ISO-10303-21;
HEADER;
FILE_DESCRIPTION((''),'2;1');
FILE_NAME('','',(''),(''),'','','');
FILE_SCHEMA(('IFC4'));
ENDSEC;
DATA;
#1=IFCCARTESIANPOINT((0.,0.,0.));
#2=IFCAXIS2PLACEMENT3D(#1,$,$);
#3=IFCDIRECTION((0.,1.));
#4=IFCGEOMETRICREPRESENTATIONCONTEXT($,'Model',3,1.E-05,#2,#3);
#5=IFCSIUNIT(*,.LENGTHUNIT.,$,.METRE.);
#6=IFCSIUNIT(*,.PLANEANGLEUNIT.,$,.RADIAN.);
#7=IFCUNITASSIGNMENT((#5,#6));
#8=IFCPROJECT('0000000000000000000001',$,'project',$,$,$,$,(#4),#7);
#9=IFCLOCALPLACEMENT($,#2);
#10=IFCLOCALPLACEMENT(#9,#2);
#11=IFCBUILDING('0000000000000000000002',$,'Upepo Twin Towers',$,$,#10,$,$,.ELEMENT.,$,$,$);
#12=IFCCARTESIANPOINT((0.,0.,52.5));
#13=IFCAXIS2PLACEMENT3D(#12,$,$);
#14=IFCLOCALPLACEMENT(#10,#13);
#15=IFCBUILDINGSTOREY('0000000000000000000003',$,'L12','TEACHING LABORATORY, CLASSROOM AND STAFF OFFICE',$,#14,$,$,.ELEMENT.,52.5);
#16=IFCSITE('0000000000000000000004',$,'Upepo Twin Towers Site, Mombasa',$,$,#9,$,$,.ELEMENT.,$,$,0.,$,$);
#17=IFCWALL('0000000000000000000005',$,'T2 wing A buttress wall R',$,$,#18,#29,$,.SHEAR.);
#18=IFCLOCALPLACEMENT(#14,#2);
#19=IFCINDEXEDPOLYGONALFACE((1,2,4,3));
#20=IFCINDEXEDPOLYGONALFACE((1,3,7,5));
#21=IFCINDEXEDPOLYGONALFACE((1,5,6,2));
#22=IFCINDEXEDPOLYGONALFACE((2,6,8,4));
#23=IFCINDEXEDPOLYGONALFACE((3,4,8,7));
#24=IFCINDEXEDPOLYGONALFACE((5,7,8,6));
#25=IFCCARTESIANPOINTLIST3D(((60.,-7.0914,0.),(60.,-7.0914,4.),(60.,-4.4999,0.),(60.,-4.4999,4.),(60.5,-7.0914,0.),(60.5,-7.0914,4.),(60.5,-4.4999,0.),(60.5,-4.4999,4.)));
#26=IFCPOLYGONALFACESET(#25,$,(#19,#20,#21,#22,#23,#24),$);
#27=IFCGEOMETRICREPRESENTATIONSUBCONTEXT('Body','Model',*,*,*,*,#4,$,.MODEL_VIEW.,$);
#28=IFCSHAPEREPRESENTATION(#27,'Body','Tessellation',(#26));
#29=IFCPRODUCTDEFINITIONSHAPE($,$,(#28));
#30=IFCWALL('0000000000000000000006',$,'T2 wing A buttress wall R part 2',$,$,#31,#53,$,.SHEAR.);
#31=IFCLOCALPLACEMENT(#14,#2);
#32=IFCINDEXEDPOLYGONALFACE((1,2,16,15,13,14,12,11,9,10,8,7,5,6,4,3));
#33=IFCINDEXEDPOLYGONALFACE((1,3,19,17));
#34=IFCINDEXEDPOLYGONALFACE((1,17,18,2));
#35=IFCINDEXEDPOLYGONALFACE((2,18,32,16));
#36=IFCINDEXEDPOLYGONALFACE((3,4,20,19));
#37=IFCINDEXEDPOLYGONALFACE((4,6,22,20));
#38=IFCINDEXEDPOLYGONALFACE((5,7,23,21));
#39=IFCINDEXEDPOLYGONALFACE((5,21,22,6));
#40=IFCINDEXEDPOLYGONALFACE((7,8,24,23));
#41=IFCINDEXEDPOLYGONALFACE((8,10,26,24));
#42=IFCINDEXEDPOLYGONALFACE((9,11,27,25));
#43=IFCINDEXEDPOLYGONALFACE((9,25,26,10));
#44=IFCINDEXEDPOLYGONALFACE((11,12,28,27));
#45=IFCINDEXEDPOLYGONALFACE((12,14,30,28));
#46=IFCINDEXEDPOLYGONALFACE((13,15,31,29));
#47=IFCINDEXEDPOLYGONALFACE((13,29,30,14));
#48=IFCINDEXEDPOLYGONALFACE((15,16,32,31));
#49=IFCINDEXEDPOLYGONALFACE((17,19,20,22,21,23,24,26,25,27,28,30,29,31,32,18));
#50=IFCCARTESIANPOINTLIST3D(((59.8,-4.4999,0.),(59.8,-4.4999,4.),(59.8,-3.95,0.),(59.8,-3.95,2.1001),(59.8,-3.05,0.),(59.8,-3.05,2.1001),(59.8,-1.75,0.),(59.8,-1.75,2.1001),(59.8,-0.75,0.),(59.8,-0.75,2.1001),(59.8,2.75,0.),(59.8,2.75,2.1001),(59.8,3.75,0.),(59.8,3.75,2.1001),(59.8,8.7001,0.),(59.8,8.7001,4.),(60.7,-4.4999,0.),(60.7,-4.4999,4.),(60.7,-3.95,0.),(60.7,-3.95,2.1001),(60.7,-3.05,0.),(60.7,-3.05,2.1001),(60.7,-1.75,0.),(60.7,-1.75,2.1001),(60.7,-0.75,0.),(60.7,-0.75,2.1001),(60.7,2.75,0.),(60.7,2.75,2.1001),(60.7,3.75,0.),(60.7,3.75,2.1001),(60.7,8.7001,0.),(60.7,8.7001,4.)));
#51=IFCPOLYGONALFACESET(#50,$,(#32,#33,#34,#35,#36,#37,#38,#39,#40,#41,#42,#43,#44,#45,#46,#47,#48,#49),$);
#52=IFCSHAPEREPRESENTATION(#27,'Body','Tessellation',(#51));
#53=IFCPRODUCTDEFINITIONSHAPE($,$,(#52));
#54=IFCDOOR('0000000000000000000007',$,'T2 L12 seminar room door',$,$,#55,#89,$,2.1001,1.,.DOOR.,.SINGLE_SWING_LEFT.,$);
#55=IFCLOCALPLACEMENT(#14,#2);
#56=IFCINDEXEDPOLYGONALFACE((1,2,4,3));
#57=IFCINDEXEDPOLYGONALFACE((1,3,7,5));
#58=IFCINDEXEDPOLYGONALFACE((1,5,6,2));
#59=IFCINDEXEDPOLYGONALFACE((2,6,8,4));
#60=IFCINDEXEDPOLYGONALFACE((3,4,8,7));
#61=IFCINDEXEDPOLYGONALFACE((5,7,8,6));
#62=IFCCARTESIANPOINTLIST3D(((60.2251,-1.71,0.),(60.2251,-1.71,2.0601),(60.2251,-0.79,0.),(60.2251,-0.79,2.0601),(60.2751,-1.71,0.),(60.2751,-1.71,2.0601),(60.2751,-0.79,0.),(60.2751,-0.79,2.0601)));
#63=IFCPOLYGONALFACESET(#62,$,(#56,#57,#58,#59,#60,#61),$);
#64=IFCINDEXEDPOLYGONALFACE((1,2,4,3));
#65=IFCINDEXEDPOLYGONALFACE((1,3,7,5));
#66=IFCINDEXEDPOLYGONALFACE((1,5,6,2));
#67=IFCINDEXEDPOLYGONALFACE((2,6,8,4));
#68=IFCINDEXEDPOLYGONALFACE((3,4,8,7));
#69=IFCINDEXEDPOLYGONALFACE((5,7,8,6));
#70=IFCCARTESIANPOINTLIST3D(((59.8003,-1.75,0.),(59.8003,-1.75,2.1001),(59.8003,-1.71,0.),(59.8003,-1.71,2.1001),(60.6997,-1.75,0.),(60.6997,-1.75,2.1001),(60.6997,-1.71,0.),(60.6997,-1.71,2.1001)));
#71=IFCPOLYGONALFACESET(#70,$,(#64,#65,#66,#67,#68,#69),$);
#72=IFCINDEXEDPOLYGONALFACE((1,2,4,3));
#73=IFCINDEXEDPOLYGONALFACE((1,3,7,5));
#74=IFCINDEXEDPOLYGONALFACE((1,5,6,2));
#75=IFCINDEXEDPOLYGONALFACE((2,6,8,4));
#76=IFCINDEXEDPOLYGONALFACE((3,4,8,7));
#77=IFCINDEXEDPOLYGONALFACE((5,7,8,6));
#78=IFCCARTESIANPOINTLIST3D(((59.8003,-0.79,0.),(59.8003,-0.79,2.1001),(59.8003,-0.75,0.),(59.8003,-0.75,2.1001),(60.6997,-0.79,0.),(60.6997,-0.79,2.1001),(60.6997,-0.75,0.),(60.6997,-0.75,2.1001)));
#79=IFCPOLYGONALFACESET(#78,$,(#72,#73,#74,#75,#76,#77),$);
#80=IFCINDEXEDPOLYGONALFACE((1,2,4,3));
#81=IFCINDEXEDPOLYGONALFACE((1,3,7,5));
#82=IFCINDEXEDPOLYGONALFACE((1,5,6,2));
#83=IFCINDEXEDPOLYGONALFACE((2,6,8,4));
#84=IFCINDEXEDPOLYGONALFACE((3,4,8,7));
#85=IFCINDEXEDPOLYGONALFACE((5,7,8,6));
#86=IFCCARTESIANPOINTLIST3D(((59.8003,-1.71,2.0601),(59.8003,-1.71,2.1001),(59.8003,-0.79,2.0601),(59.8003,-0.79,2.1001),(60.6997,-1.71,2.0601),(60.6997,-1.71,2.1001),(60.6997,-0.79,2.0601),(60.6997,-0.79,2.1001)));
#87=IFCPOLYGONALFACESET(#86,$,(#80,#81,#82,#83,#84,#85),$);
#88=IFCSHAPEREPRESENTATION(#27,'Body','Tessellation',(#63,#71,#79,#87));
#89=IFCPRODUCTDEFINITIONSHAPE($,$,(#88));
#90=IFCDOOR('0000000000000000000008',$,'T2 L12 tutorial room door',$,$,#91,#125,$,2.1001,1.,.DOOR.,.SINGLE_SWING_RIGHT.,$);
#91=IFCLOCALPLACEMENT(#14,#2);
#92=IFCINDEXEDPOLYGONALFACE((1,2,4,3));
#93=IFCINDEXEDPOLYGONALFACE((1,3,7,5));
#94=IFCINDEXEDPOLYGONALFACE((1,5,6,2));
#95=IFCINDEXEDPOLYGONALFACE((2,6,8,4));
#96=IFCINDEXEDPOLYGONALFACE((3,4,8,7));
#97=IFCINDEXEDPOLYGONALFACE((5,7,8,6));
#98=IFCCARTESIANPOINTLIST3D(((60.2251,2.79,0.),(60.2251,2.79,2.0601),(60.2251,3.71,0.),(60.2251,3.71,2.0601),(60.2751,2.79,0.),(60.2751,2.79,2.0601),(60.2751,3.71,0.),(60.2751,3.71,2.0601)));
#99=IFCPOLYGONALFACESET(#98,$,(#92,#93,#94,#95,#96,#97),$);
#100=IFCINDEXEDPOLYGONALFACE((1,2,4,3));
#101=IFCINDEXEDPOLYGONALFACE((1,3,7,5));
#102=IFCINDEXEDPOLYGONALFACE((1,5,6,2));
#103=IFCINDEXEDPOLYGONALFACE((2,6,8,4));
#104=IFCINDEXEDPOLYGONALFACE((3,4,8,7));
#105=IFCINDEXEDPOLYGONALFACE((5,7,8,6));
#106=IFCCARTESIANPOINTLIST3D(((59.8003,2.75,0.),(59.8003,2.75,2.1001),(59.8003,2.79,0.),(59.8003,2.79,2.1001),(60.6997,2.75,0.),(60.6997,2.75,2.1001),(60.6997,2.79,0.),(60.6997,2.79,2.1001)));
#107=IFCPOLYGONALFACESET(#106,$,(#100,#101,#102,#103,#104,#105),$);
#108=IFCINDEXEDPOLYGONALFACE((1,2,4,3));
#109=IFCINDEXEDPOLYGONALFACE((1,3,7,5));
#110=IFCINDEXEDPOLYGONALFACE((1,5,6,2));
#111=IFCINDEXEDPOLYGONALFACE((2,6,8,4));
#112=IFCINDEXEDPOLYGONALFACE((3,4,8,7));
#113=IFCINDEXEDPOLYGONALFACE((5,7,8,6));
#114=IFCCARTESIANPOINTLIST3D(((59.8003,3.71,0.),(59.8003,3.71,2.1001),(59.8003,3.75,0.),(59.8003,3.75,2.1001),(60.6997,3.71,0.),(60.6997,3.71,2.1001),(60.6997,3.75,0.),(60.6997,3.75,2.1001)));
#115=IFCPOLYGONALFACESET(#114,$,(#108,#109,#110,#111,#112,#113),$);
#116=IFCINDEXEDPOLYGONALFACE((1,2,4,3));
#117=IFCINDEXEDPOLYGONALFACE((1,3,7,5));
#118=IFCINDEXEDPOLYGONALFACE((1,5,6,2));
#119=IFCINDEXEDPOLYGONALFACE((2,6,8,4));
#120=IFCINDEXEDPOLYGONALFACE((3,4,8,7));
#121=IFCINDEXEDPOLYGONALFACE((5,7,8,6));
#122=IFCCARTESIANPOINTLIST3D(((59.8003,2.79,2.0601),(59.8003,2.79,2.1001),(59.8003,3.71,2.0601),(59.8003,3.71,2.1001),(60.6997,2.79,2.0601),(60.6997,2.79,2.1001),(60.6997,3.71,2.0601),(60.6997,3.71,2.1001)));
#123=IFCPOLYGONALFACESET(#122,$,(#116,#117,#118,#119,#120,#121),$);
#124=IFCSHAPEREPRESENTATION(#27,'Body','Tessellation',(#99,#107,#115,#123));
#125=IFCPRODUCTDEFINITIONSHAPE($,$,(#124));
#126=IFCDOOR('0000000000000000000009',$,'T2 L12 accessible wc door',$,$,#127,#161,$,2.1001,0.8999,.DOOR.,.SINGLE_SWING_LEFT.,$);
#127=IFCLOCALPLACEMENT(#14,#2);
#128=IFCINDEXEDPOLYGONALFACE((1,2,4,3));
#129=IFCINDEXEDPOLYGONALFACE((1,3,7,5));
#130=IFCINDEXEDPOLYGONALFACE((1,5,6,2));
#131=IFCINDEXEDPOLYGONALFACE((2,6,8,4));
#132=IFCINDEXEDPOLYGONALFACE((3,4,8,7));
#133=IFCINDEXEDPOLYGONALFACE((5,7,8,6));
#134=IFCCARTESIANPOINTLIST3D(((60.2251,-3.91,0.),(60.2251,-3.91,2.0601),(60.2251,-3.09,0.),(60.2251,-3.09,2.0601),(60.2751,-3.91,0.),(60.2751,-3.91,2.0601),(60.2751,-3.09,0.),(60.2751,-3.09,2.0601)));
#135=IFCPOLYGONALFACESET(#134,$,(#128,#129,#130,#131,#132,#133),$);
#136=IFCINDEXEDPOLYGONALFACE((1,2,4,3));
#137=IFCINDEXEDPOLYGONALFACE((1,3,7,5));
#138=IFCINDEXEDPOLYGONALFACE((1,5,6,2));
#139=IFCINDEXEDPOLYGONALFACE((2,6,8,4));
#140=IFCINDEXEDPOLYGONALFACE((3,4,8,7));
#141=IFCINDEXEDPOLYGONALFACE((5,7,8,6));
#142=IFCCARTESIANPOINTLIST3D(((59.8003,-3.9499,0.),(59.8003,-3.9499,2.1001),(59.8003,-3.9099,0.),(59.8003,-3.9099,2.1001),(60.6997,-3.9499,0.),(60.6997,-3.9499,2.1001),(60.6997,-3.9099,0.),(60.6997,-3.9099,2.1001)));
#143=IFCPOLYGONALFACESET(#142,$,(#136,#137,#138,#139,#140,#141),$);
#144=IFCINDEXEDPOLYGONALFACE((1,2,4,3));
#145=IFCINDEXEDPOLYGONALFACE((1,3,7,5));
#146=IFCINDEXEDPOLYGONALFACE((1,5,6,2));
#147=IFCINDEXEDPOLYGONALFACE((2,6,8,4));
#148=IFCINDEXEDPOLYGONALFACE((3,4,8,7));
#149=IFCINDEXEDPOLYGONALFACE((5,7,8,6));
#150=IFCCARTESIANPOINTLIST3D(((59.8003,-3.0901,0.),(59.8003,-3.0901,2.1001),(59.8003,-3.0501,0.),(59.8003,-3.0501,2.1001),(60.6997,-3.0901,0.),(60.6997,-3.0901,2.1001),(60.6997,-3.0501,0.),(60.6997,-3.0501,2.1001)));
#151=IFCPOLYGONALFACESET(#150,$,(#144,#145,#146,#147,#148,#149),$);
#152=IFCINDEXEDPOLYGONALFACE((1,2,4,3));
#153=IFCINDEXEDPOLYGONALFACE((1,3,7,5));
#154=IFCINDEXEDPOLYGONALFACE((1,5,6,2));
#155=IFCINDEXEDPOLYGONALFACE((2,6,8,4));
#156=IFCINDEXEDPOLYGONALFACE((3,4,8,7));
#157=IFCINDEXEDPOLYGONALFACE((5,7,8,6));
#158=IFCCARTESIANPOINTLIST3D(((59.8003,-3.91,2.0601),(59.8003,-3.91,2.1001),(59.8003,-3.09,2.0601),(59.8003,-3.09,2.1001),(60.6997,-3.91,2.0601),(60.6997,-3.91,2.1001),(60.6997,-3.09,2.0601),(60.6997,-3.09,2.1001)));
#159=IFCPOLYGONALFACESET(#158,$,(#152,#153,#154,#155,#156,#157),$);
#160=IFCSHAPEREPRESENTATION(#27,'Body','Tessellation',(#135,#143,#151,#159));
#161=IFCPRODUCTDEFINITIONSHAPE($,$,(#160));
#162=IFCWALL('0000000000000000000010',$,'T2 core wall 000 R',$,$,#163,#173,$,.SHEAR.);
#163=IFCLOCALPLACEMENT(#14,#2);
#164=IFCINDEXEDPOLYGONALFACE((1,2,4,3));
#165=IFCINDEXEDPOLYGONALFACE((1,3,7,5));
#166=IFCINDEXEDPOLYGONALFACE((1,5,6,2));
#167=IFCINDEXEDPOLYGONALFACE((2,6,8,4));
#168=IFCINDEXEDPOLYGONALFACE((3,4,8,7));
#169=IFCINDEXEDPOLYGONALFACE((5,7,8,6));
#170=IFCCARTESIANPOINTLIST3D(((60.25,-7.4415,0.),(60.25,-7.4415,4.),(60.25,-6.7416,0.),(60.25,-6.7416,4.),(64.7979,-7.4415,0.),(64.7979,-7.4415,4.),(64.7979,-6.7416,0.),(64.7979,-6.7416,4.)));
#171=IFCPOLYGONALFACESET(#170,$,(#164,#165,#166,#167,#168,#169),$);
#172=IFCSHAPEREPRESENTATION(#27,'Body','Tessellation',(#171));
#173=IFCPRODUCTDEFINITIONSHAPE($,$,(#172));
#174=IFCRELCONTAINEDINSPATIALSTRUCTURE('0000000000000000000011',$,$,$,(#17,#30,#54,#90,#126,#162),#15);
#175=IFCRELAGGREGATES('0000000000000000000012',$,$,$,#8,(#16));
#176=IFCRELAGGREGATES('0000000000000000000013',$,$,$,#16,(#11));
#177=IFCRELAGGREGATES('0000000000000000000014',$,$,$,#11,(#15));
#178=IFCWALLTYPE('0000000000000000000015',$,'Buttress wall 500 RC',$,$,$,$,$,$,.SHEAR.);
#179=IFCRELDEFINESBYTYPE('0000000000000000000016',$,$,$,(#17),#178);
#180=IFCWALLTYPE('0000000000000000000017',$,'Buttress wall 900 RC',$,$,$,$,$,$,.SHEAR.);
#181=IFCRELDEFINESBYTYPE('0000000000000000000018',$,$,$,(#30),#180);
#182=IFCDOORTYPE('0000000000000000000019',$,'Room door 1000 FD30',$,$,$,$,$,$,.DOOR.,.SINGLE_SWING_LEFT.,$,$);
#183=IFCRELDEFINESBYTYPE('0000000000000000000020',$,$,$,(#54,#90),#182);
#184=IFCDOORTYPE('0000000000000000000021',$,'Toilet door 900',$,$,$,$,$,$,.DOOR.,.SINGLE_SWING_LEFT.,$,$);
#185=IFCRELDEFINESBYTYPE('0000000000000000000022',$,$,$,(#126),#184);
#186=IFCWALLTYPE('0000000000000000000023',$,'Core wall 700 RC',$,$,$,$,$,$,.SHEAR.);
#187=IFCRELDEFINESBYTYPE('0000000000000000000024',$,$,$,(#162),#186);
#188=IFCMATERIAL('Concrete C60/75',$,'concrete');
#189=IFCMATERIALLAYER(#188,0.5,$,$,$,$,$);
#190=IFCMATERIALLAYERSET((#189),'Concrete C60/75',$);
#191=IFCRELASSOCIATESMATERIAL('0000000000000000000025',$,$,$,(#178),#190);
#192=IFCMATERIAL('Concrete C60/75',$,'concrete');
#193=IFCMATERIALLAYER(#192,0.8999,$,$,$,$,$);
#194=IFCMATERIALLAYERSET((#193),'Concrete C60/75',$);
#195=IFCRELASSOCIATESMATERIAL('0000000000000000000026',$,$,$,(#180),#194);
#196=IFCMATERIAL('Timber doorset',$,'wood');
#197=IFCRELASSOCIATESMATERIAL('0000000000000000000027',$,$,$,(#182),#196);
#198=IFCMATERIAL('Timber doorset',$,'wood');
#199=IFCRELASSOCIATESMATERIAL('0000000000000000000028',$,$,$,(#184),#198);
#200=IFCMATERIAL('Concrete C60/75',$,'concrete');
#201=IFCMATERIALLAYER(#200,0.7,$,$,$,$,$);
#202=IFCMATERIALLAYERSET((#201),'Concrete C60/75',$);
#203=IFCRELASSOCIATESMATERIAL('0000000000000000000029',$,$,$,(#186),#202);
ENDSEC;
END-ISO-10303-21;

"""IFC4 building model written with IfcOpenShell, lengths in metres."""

from ifc_helpers import new_model, si_unit, direction, frame, frame_2d, origin, place, context, subcontext, project, spatial, rectangle, extrude, material, layer, layer_set, type_object, element, fill, save


model = new_model("IFC4")

# Units and contexts
model_context = context("Model", 3, precision=1e-05, world=origin(), true_north=direction((0.0, 1.0)))
body_context = subcontext(model_context, "Body", "Model", "MODEL_VIEW")
ifc_project = project(units=[si_unit("LENGTHUNIT", "METRE"), si_unit("PLANEANGLEUNIT", "RADIAN")], contexts=[model_context])

# Site, building, storey
site_placement = place(None, origin())
site = spatial("IfcSite", under=ifc_project, at=site_placement, Name="Upepo Twin Towers Site, Mombasa", CompositionType="ELEMENT", RefElevation=0.0)
building_placement = place(site_placement, origin())
building = spatial("IfcBuilding", under=site, at=building_placement, Name="Upepo Twin Towers", CompositionType="ELEMENT")
storey_placement = place(building_placement, frame((0.0, 0.0, 52.5)))
storey = spatial("IfcBuildingStorey", under=building, at=storey_placement, Name="L12", Description="TEACHING LABORATORY, CLASSROOM AND STAFF OFFICE", CompositionType="ELEMENT", Elevation=52.5)

# Wall
ifc_material_1 = material(Name="Concrete C60/75", Category="concrete")
ifc_layer_1 = layer(ifc_material_1, 0.5)
ifc_layer_set_1 = layer_set([ifc_layer_1], Name="Concrete C60/75")
wall_type_1 = type_object("IfcWallType", Name="Buttress wall 500 RC", PredefinedType="SHEAR", material=ifc_layer_set_1)
wall_1_placement = place(storey_placement, frame((60.25, -7.0916, 0.0), z_axis=(0.0, 0.0, 1.0), x_axis=(0.0, 1.0, 0.0)))
element("IfcWall", 1, at=wall_1_placement, inside=storey, type_object=wall_type_1, Name="T2 wing A buttress wall R", PredefinedType="SHEAR", context=body_context, shape_type="SweptSolid", body=[
    extrude(rectangle(XDim=2.5916, YDim=0.5, at=frame_2d((1.2959, 0.0))), origin(), (0.0, 0.0, 1.0), 4.0),
])

# Wall, openings, doors
ifc_material_2 = material(Name="Concrete C60/75", Category="concrete")
ifc_layer_2 = layer(ifc_material_2, 0.8999)
ifc_layer_set_2 = layer_set([ifc_layer_2], Name="Concrete C60/75")
wall_type_2 = type_object("IfcWallType", Name="Buttress wall 900 RC", PredefinedType="SHEAR", material=ifc_layer_set_2)
wall_2_placement = place(storey_placement, frame((60.25, -4.5, 0.0), z_axis=(0.0, 0.0, 1.0), x_axis=(0.0, 1.0, 0.0)))
wall_2 = element("IfcWall", 2, at=wall_2_placement, inside=storey, type_object=wall_type_2, Name="T2 wing A buttress wall R part 2", PredefinedType="SHEAR", context=body_context, shape_type="SweptSolid", body=[
    extrude(rectangle(XDim=13.2, YDim=0.8999, at=frame_2d((6.6001, 0.0))), origin(), (0.0, 0.0, 1.0), 4.0),
])
opening_1_placement = place(wall_2_placement, frame((0.55, 0.0, 0.0)))
opening_1 = element("IfcOpeningElement", 3, at=opening_1_placement, cuts=wall_2, PredefinedType="OPENING", context=body_context, shape_type="SweptSolid", body=[
    extrude(rectangle(XDim=0.8999, YDim=2.1001, at=frame_2d((0.45, 1.05))), frame((0.0, 0.46, 0.0), z_axis=(0.0, -1.0, 0.0), x_axis=(1.0, 0.0, 0.0)), (0.0, 0.0, 1.0), 0.9199),
])
opening_2_placement = place(wall_2_placement, frame((2.75, 0.0, 0.0)))
opening_2 = element("IfcOpeningElement", 4, at=opening_2_placement, cuts=wall_2, PredefinedType="OPENING", context=body_context, shape_type="SweptSolid", body=[
    extrude(rectangle(XDim=1.0, YDim=2.1001, at=frame_2d((0.5, 1.05))), frame((0.0, 0.46, 0.0), z_axis=(0.0, -1.0, 0.0), x_axis=(1.0, 0.0, 0.0)), (0.0, 0.0, 1.0), 0.9199),
])
opening_3_placement = place(wall_2_placement, frame((7.25, 0.0, 0.0)))
opening_3 = element("IfcOpeningElement", 5, at=opening_3_placement, cuts=wall_2, PredefinedType="OPENING", context=body_context, shape_type="SweptSolid", body=[
    extrude(rectangle(XDim=1.0, YDim=2.1001, at=frame_2d((0.5, 1.05))), frame((0.0, 0.46, 0.0), z_axis=(0.0, -1.0, 0.0), x_axis=(1.0, 0.0, 0.0)), (0.0, 0.0, 1.0), 0.9199),
])
ifc_material_3 = material(Name="Timber doorset", Category="wood")
door_type_1 = type_object("IfcDoorType", Name="Room door 1000 FD30", OperationType="SINGLE_SWING_LEFT", PredefinedType="DOOR", material=ifc_material_3)
door_1_placement = place(opening_2_placement, origin())
door_1 = element("IfcDoor", 6, at=door_1_placement, inside=storey, type_object=door_type_1, Name="T2 L12 seminar room door", OperationType="SINGLE_SWING_LEFT", OverallHeight=2.1001, OverallWidth=1.0, PredefinedType="DOOR", context=body_context, shape_type="SweptSolid", body=[
    extrude(rectangle(XDim=0.92, YDim=2.0601, at=frame_2d((0.5, 1.03))), frame((0.0, 0.0249, 0.0), z_axis=(0.0, -1.0, 0.0), x_axis=(1.0, 0.0, 0.0)), (0.0, 0.0, 1.0), 0.05),
    extrude(rectangle(XDim=0.04, YDim=2.1001, at=frame_2d((0.02, 1.05))), frame((0.0, 0.4497, 0.0), z_axis=(0.0, -1.0, 0.0), x_axis=(1.0, 0.0, 0.0)), (0.0, 0.0, 1.0), 0.8994),
    extrude(rectangle(XDim=0.04, YDim=2.1001, at=frame_2d((0.98, 1.05))), frame((0.0, 0.4497, 0.0), z_axis=(0.0, -1.0, 0.0), x_axis=(1.0, 0.0, 0.0)), (0.0, 0.0, 1.0), 0.8994),
    extrude(rectangle(XDim=0.92, YDim=0.04, at=frame_2d((0.5, 2.0801))), frame((0.0, 0.4497, 0.0), z_axis=(0.0, -1.0, 0.0), x_axis=(1.0, 0.0, 0.0)), (0.0, 0.0, 1.0), 0.8994),
])
fill(opening_2, door_1)
door_2_placement = place(opening_3_placement, origin())
door_2 = element("IfcDoor", 7, at=door_2_placement, inside=storey, type_object=door_type_1, Name="T2 L12 tutorial room door", OperationType="SINGLE_SWING_RIGHT", OverallHeight=2.1001, OverallWidth=1.0, PredefinedType="DOOR", context=body_context, shape_type="SweptSolid", body=[
    extrude(rectangle(XDim=0.92, YDim=2.0601, at=frame_2d((0.5, 1.03))), frame((0.0, 0.0249, 0.0), z_axis=(0.0, -1.0, 0.0), x_axis=(1.0, 0.0, 0.0)), (0.0, 0.0, 1.0), 0.05),
    extrude(rectangle(XDim=0.04, YDim=2.1001, at=frame_2d((0.02, 1.05))), frame((0.0, 0.4497, 0.0), z_axis=(0.0, -1.0, 0.0), x_axis=(1.0, 0.0, 0.0)), (0.0, 0.0, 1.0), 0.8994),
    extrude(rectangle(XDim=0.04, YDim=2.1001, at=frame_2d((0.98, 1.05))), frame((0.0, 0.4497, 0.0), z_axis=(0.0, -1.0, 0.0), x_axis=(1.0, 0.0, 0.0)), (0.0, 0.0, 1.0), 0.8994),
    extrude(rectangle(XDim=0.92, YDim=0.04, at=frame_2d((0.5, 2.0801))), frame((0.0, 0.4497, 0.0), z_axis=(0.0, -1.0, 0.0), x_axis=(1.0, 0.0, 0.0)), (0.0, 0.0, 1.0), 0.8994),
])
fill(opening_3, door_2)
ifc_material_4 = material(Name="Timber doorset", Category="wood")
door_type_2 = type_object("IfcDoorType", Name="Toilet door 900", OperationType="SINGLE_SWING_LEFT", PredefinedType="DOOR", material=ifc_material_4)
door_3_placement = place(opening_1_placement, origin())
door_3 = element("IfcDoor", 8, at=door_3_placement, inside=storey, type_object=door_type_2, Name="T2 L12 accessible wc door", OperationType="SINGLE_SWING_LEFT", OverallHeight=2.1001, OverallWidth=0.8999, PredefinedType="DOOR", context=body_context, shape_type="SweptSolid", body=[
    extrude(rectangle(XDim=0.8199, YDim=2.0601, at=frame_2d((0.45, 1.03))), frame((0.0, 0.0249, 0.0), z_axis=(0.0, -1.0, 0.0), x_axis=(1.0, 0.0, 0.0)), (0.0, 0.0, 1.0), 0.05),
    extrude(rectangle(XDim=0.04, YDim=2.1001, at=frame_2d((0.02, 1.05))), frame((0.0, 0.4497, 0.0), z_axis=(0.0, -1.0, 0.0), x_axis=(1.0, 0.0, 0.0)), (0.0, 0.0, 1.0), 0.8994),
    extrude(rectangle(XDim=0.04, YDim=2.1001, at=frame_2d((0.8799, 1.05))), frame((0.0, 0.4497, 0.0), z_axis=(0.0, -1.0, 0.0), x_axis=(1.0, 0.0, 0.0)), (0.0, 0.0, 1.0), 0.8994),
    extrude(rectangle(XDim=0.8199, YDim=0.04, at=frame_2d((0.45, 2.0801))), frame((0.0, 0.4497, 0.0), z_axis=(0.0, -1.0, 0.0), x_axis=(1.0, 0.0, 0.0)), (0.0, 0.0, 1.0), 0.8994),
])
fill(opening_1, door_3)

# Wall
ifc_material_5 = material(Name="Concrete C60/75", Category="concrete")
ifc_layer_3 = layer(ifc_material_5, 0.7)
ifc_layer_set_3 = layer_set([ifc_layer_3], Name="Concrete C60/75")
wall_type_3 = type_object("IfcWallType", Name="Core wall 700 RC", PredefinedType="SHEAR", material=ifc_layer_set_3)
wall_3_placement = place(storey_placement, frame((64.7979, -7.0916, 0.0), z_axis=(0.0, 0.0, 1.0), x_axis=(-1.0, 0.0, 0.0)))
element("IfcWall", 9, at=wall_3_placement, inside=storey, type_object=wall_type_3, Name="T2 core wall 000 R", PredefinedType="SHEAR", context=body_context, shape_type="SweptSolid", body=[
    extrude(rectangle(XDim=4.5479, YDim=0.7, at=frame_2d((2.2739, 0.0))), origin(), (0.0, 0.0, 1.0), 4.0),
])

save(model, "model.ifc")
